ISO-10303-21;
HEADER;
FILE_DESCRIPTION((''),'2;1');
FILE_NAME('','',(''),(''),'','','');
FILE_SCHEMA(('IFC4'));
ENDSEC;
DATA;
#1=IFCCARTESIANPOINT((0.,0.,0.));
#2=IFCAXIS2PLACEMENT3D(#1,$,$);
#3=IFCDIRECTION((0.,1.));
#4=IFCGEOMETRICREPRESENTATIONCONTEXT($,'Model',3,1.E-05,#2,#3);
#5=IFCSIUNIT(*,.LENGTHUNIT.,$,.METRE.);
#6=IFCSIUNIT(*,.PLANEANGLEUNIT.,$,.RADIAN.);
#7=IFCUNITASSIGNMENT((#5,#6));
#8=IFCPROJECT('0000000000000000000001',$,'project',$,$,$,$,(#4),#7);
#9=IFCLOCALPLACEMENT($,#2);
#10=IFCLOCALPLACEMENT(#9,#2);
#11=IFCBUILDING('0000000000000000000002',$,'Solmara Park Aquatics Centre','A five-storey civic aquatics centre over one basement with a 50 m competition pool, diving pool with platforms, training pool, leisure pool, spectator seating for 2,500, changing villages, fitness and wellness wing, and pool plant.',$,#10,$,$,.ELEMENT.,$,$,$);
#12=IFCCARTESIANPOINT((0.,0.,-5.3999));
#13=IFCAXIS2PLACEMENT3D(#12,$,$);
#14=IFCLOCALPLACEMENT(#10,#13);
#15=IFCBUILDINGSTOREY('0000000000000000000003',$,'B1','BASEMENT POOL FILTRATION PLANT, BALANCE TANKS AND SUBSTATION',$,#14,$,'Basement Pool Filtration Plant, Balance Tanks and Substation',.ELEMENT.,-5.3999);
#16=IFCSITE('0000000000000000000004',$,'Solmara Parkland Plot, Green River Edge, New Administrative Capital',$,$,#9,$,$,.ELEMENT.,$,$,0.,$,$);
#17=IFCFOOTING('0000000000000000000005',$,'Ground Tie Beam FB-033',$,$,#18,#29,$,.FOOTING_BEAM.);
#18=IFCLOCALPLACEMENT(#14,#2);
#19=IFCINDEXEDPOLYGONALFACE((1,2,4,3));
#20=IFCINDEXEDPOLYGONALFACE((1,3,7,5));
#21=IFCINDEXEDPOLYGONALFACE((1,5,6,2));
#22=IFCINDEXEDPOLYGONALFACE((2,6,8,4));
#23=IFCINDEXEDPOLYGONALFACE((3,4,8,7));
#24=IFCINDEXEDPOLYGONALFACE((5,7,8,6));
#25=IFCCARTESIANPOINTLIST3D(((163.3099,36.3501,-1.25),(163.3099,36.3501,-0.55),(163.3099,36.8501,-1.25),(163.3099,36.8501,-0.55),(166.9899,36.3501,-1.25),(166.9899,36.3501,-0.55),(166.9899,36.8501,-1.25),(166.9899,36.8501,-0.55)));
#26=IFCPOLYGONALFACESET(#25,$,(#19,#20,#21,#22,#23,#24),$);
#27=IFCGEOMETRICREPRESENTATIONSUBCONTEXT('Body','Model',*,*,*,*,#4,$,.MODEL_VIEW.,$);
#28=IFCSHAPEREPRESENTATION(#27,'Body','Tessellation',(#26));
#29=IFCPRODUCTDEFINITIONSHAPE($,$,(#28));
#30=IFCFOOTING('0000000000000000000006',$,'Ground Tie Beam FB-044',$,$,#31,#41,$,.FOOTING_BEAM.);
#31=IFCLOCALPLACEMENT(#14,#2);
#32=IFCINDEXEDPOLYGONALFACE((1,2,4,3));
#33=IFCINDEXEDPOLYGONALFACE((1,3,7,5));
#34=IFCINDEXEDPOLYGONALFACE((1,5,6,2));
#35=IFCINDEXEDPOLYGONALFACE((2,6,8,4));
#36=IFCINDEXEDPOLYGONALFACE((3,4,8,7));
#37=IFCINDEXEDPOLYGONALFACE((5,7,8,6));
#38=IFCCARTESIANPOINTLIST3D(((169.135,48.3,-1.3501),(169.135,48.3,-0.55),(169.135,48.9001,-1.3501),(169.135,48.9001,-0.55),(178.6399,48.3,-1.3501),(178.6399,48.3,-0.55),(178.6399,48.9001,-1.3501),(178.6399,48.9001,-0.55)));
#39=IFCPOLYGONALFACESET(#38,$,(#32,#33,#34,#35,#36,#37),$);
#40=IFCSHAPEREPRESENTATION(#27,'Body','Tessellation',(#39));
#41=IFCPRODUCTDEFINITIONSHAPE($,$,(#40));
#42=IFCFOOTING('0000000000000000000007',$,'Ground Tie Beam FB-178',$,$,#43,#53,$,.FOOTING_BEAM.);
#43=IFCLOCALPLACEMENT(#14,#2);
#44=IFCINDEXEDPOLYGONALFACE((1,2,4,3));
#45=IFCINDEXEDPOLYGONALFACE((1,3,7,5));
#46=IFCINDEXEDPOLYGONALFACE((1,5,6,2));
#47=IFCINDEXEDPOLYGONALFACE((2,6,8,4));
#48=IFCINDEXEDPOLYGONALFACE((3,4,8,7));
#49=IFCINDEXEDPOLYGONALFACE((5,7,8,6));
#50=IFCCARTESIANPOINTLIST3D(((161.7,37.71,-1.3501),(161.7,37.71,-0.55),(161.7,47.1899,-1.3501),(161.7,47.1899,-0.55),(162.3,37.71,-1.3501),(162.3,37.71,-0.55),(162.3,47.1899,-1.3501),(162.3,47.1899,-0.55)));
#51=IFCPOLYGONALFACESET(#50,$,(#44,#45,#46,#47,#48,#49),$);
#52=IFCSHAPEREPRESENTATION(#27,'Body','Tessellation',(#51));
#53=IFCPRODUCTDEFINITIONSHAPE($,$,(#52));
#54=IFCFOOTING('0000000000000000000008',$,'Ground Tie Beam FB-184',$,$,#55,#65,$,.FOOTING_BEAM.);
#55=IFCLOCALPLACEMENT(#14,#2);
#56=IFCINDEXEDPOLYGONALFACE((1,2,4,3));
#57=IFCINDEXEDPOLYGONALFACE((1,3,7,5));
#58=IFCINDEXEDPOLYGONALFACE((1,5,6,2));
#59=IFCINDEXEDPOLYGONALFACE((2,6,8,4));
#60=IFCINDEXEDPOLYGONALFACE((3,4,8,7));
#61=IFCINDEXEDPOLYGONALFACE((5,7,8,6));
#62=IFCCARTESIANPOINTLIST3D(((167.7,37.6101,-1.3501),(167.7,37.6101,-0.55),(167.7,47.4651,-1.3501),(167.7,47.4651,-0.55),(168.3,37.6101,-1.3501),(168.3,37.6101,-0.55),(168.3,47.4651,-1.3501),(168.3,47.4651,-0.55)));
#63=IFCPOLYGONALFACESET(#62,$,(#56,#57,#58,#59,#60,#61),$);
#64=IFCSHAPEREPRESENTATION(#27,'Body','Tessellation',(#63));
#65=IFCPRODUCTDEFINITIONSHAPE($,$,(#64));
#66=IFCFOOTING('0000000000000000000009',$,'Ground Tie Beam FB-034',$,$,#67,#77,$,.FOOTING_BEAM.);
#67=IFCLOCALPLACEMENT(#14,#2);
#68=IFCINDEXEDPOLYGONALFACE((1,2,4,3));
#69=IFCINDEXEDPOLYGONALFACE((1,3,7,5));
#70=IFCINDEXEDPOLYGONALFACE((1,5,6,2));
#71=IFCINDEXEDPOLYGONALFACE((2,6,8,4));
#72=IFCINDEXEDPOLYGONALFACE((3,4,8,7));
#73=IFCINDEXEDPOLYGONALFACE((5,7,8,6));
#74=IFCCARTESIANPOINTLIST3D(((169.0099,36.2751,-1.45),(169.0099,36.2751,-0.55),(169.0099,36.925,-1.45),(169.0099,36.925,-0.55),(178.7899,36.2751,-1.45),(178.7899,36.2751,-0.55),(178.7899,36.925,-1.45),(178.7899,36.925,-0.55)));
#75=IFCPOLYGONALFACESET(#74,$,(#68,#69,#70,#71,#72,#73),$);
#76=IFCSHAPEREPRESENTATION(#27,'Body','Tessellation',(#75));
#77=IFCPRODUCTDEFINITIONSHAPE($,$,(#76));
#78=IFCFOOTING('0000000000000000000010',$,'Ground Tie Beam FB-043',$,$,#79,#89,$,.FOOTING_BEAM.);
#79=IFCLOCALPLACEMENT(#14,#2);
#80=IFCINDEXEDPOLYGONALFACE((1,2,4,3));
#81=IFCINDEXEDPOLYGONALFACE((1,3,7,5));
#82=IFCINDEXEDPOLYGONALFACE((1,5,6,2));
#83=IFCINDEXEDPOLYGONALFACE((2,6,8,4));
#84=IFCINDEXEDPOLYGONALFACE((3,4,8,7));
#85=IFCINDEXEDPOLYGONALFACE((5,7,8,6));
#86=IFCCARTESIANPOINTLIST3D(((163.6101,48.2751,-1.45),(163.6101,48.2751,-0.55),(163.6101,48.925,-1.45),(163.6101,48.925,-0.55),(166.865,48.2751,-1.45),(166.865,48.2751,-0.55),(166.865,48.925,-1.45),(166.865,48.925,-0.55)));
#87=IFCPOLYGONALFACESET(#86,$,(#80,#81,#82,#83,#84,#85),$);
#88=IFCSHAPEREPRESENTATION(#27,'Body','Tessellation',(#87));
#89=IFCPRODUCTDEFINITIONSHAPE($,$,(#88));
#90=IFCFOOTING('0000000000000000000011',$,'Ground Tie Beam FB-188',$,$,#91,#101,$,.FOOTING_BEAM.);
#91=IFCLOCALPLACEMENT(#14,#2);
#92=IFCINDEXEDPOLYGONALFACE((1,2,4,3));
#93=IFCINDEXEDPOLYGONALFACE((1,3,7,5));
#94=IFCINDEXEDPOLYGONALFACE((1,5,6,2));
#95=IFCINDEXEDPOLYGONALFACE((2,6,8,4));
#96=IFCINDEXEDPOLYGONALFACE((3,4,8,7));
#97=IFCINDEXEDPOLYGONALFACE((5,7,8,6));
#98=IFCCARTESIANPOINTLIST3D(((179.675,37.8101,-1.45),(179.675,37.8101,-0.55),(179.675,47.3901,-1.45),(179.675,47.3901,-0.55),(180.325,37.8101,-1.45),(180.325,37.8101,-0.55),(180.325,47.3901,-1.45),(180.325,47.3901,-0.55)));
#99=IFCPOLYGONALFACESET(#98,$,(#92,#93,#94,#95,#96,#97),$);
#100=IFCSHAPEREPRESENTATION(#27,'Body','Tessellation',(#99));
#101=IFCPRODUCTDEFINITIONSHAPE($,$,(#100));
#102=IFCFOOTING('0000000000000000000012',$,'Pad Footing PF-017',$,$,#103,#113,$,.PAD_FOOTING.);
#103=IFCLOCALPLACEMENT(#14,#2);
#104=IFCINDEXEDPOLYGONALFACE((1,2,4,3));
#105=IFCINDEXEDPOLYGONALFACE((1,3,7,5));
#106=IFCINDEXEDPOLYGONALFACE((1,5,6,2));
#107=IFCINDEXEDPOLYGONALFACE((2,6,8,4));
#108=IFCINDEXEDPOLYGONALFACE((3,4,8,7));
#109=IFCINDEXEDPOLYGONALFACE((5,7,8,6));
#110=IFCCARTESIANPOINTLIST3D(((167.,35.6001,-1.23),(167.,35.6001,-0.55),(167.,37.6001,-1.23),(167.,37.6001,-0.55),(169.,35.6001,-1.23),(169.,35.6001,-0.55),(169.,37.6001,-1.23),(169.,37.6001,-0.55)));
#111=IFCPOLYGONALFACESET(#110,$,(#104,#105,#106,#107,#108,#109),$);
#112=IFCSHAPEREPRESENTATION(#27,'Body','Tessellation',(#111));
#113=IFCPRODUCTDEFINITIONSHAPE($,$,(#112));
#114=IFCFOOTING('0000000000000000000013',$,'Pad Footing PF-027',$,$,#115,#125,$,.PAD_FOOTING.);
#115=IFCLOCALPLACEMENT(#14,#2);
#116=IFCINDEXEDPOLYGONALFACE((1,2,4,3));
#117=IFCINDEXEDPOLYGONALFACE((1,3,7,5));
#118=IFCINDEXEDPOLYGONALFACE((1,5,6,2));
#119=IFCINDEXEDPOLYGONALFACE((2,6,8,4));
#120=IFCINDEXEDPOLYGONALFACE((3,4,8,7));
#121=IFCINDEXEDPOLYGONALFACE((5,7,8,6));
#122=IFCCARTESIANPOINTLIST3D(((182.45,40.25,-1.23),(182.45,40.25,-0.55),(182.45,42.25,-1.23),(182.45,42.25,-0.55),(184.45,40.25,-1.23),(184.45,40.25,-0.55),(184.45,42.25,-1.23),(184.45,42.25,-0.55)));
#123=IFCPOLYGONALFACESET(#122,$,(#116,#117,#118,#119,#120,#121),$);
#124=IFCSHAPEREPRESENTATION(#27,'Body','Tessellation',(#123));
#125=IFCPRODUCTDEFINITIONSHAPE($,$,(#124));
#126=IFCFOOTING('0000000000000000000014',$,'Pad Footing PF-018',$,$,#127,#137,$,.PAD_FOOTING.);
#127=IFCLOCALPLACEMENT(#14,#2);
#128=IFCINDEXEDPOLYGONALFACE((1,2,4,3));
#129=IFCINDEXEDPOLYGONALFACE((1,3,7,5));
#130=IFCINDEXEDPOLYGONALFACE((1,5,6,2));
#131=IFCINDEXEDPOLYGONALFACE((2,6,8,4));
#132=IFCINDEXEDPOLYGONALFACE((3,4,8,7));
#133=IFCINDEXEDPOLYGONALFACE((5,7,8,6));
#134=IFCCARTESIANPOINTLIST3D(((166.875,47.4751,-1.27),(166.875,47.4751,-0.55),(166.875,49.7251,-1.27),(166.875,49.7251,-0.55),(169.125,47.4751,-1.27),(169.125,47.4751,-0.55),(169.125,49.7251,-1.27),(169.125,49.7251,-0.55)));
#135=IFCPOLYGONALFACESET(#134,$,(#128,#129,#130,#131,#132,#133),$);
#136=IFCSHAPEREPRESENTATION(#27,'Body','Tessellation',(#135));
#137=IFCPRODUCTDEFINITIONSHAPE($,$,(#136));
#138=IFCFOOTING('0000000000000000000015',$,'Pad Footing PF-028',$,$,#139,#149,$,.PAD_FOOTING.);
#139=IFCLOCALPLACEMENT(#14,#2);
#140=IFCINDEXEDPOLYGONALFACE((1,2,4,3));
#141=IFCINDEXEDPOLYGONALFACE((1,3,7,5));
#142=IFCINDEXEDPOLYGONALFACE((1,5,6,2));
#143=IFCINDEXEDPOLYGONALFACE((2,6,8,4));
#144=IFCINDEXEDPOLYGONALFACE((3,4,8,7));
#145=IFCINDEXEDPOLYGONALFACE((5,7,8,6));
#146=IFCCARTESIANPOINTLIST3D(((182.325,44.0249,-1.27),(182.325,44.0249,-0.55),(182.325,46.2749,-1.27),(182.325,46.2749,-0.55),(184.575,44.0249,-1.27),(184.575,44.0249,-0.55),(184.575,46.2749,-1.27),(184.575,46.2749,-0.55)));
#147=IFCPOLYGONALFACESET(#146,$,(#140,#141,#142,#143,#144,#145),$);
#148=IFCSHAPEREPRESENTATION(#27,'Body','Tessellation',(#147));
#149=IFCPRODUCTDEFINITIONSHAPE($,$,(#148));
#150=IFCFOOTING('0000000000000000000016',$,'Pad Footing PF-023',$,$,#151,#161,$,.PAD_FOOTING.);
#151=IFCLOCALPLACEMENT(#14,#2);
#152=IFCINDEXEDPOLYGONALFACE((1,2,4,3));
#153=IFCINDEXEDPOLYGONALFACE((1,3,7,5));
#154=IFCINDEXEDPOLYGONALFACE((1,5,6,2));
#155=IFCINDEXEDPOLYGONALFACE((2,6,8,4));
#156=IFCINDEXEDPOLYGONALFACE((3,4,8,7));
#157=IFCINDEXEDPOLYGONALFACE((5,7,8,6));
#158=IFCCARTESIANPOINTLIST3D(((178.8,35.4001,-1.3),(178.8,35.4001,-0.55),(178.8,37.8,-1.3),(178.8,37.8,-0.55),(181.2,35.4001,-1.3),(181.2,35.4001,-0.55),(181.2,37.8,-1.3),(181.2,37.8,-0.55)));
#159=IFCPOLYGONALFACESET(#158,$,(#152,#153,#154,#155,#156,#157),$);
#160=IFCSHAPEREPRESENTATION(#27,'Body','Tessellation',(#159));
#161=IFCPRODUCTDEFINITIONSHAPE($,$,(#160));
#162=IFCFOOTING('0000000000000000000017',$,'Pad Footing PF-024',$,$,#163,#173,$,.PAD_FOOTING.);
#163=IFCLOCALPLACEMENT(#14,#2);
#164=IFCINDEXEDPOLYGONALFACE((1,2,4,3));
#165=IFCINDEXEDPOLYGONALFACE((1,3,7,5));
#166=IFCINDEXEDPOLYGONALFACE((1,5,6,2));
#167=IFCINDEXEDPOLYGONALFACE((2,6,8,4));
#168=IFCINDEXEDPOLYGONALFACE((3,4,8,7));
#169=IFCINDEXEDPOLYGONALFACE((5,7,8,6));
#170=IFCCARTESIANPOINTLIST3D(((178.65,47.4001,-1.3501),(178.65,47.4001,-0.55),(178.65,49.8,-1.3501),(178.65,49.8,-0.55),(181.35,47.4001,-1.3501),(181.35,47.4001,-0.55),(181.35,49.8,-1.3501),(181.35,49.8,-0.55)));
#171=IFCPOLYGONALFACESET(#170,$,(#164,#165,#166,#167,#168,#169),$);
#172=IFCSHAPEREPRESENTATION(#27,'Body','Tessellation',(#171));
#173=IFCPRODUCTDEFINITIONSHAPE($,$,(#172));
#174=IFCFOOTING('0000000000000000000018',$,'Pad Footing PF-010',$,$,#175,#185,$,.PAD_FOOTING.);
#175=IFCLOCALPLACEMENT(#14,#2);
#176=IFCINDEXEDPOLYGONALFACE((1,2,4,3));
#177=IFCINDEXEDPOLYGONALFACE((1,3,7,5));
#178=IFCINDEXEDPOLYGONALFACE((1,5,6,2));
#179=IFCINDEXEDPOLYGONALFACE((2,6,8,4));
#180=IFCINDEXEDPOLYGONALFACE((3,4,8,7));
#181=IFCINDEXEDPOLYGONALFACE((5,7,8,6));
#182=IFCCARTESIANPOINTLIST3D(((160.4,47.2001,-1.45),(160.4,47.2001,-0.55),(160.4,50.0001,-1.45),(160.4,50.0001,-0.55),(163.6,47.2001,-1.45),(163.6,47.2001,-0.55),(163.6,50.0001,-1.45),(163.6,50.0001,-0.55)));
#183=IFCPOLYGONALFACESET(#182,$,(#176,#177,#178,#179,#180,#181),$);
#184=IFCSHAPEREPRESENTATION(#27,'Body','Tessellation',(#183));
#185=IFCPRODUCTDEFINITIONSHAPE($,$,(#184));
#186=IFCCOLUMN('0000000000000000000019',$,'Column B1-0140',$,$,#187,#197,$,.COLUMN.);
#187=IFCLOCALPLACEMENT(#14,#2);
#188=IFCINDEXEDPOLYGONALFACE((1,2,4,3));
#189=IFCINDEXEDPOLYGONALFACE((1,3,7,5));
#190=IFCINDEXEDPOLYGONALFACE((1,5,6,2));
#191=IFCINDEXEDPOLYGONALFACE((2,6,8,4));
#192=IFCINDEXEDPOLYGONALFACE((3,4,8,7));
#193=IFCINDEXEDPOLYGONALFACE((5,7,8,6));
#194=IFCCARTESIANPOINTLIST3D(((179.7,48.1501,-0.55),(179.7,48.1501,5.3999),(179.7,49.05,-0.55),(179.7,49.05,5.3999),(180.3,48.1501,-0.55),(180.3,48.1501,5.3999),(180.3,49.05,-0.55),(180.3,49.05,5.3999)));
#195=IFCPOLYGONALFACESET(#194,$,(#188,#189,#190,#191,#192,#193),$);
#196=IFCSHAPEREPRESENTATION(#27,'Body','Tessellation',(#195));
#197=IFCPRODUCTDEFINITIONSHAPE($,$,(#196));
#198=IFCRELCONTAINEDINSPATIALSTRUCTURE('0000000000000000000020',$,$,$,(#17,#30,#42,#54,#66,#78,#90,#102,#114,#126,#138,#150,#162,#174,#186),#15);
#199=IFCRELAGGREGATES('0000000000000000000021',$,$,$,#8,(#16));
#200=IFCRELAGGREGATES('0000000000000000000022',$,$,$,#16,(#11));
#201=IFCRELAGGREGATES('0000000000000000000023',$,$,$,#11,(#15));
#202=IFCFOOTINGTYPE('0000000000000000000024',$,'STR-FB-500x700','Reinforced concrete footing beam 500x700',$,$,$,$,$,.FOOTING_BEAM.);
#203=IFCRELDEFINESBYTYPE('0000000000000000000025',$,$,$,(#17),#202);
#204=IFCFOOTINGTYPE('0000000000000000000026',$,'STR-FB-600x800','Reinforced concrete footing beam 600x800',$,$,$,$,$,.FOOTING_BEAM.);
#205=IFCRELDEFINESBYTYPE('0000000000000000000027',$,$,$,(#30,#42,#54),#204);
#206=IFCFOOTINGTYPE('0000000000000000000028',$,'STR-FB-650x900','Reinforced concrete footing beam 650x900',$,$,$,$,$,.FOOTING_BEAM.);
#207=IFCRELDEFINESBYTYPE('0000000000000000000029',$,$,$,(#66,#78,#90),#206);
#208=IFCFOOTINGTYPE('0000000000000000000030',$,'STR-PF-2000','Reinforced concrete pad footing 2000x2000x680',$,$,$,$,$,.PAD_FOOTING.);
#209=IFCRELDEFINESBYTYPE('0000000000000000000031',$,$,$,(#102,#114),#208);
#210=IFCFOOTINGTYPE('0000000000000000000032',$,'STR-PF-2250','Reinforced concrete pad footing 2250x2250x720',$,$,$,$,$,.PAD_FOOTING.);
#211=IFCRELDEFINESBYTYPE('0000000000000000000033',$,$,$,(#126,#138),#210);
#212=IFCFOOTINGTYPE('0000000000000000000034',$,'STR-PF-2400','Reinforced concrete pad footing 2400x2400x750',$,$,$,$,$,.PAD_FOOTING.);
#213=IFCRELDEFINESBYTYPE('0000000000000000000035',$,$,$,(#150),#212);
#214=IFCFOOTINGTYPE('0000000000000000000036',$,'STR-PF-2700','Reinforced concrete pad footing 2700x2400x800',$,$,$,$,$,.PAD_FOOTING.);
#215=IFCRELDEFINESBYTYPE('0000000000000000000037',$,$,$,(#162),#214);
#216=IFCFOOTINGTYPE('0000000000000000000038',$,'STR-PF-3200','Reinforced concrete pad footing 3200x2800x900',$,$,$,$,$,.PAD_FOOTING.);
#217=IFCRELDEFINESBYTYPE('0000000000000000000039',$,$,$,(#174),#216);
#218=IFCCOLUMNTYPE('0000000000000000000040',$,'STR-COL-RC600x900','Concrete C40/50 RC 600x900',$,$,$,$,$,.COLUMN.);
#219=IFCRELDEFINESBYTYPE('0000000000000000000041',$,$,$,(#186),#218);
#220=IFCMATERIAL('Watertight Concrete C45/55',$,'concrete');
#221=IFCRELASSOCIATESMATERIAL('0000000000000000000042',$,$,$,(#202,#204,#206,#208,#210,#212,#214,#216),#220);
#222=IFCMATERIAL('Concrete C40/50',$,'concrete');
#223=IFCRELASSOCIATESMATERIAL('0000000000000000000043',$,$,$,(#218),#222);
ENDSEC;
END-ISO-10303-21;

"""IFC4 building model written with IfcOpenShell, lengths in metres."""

from ifc_helpers import new_model, si_unit, direction, frame, origin, origin_2d, place, context, subcontext, project, spatial, rectangle, extrude, material, material_profile, profile_set, type_object, element, save


model = new_model("IFC4")

# Units and contexts
model_context = context("Model", 3, precision=1e-05, world=origin(), true_north=direction((0.0, 1.0)))
body_context = subcontext(model_context, "Body", "Model", "MODEL_VIEW")
ifc_project = project(units=[si_unit("LENGTHUNIT", "METRE"), si_unit("PLANEANGLEUNIT", "RADIAN")], contexts=[model_context])

# Site, building, storey
site_placement = place(None, origin())
site = spatial("IfcSite", under=ifc_project, at=site_placement, Name="Solmara Parkland Plot, Green River Edge, New Administrative Capital", CompositionType="ELEMENT", RefElevation=0.0)
building_placement = place(site_placement, origin())
building = spatial("IfcBuilding", under=site, at=building_placement, Name="Solmara Park Aquatics Centre", Description="A five-storey civic aquatics centre over one basement with a 50 m competition pool, diving pool with platforms, training pool, leisure pool, spectator seating for 2,500, changing villages, fitness and wellness wing, and pool plant.", CompositionType="ELEMENT")
storey_placement = place(building_placement, frame((0.0, 0.0, -5.3999)))
storey = spatial("IfcBuildingStorey", under=building, at=storey_placement, Name="B1", Description="BASEMENT POOL FILTRATION PLANT, BALANCE TANKS AND SUBSTATION", LongName="Basement Pool Filtration Plant, Balance Tanks and Substation", CompositionType="ELEMENT", Elevation=-5.3999)

# Footings
ifc_material_1 = material(Name="Watertight Concrete C45/55", Category="concrete")
footing_type_1 = type_object("IfcFootingType", Name="STR-FB-500x700", Description="Reinforced concrete footing beam 500x700", PredefinedType="FOOTING_BEAM", material=ifc_material_1)
footing_1_placement = place(storey_placement, frame((165.1499, 36.6001, -1.25), z_axis=(0.0, 0.0, 1.0), x_axis=(1.0, 0.0, 0.0)))
element("IfcFooting", 1, at=footing_1_placement, inside=storey, type_object=footing_type_1, Name="Ground Tie Beam FB-033", PredefinedType="FOOTING_BEAM", context=body_context, shape_type="SweptSolid", body=[
    extrude(rectangle(XDim=3.6799, YDim=0.5, at=origin_2d()), origin(), (0.0, 0.0, 1.0), 0.7),
])
footing_type_2 = type_object("IfcFootingType", Name="STR-FB-600x800", Description="Reinforced concrete footing beam 600x800", PredefinedType="FOOTING_BEAM", material=ifc_material_1)
footing_2_placement = place(storey_placement, frame((173.8875, 48.6001, -1.3501), z_axis=(0.0, 0.0, 1.0), x_axis=(1.0, 0.0, 0.0)))
element("IfcFooting", 2, at=footing_2_placement, inside=storey, type_object=footing_type_2, Name="Ground Tie Beam FB-044", PredefinedType="FOOTING_BEAM", context=body_context, shape_type="SweptSolid", body=[
    extrude(rectangle(XDim=9.5049, YDim=0.6001, at=origin_2d()), origin(), (0.0, 0.0, 1.0), 0.8),
])
footing_3_placement = place(storey_placement, frame((162.0, 42.45, -1.3501), z_axis=(0.0, 0.0, 1.0), x_axis=(1.0, 0.0, 0.0)))
element("IfcFooting", 3, at=footing_3_placement, inside=storey, type_object=footing_type_2, Name="Ground Tie Beam FB-178", PredefinedType="FOOTING_BEAM", context=body_context, shape_type="SweptSolid", body=[
    extrude(rectangle(XDim=0.6001, YDim=9.48, at=origin_2d()), origin(), (0.0, 0.0, 1.0), 0.8),
])
footing_4_placement = place(storey_placement, frame((168.0, 42.5376, -1.3501), z_axis=(0.0, 0.0, 1.0), x_axis=(1.0, 0.0, 0.0)))
element("IfcFooting", 4, at=footing_4_placement, inside=storey, type_object=footing_type_2, Name="Ground Tie Beam FB-184", PredefinedType="FOOTING_BEAM", context=body_context, shape_type="SweptSolid", body=[
    extrude(rectangle(XDim=0.6001, YDim=9.855, at=origin_2d()), origin(), (0.0, 0.0, 1.0), 0.8),
])
footing_type_3 = type_object("IfcFootingType", Name="STR-FB-650x900", Description="Reinforced concrete footing beam 650x900", PredefinedType="FOOTING_BEAM", material=ifc_material_1)
footing_5_placement = place(storey_placement, frame((173.8999, 36.6001, -1.45), z_axis=(0.0, 0.0, 1.0), x_axis=(1.0, 0.0, 0.0)))
element("IfcFooting", 5, at=footing_5_placement, inside=storey, type_object=footing_type_3, Name="Ground Tie Beam FB-034", PredefinedType="FOOTING_BEAM", context=body_context, shape_type="SweptSolid", body=[
    extrude(rectangle(XDim=9.78, YDim=0.6499, at=origin_2d()), origin(), (0.0, 0.0, 1.0), 0.8999),
])
footing_6_placement = place(storey_placement, frame((165.2375, 48.6001, -1.45), z_axis=(0.0, 0.0, 1.0), x_axis=(1.0, 0.0, 0.0)))
element("IfcFooting", 6, at=footing_6_placement, inside=storey, type_object=footing_type_3, Name="Ground Tie Beam FB-043", PredefinedType="FOOTING_BEAM", context=body_context, shape_type="SweptSolid", body=[
    extrude(rectangle(XDim=3.2549, YDim=0.6499, at=origin_2d()), origin(), (0.0, 0.0, 1.0), 0.8999),
])
footing_7_placement = place(storey_placement, frame((180.0, 42.6001, -1.45), z_axis=(0.0, 0.0, 1.0), x_axis=(1.0, 0.0, 0.0)))
element("IfcFooting", 7, at=footing_7_placement, inside=storey, type_object=footing_type_3, Name="Ground Tie Beam FB-188", PredefinedType="FOOTING_BEAM", context=body_context, shape_type="SweptSolid", body=[
    extrude(rectangle(XDim=0.6499, YDim=9.5801, at=origin_2d()), origin(), (0.0, 0.0, 1.0), 0.8999),
])
footing_type_4 = type_object("IfcFootingType", Name="STR-PF-2000", Description="Reinforced concrete pad footing 2000x2000x680", PredefinedType="PAD_FOOTING", material=ifc_material_1)
for number, where, z_axis, x_axis, name in (
    (8, (168.0, 36.6001, -1.23), (0.0, 0.0, 1.0), (1.0, 0.0, 0.0), "Pad Footing PF-017"),
    (9, (183.45, 41.25, -1.23), (0.0, 0.0, 1.0), (1.0, 0.0, 0.0), "Pad Footing PF-027"),
):
    element("IfcFooting", number, at=place(storey_placement, frame(where, z_axis=z_axis, x_axis=x_axis)), inside=storey, type_object=footing_type_4, Name=name, PredefinedType="PAD_FOOTING", context=body_context, shape_type="SweptSolid", body=[
        extrude(rectangle(XDim=2.0, YDim=2.0, at=origin_2d()), origin(), (0.0, 0.0, 1.0), 0.6799),
    ])
footing_type_5 = type_object("IfcFootingType", Name="STR-PF-2250", Description="Reinforced concrete pad footing 2250x2250x720", PredefinedType="PAD_FOOTING", material=ifc_material_1)
for number, where, z_axis, x_axis, name in (
    (10, (168.0, 48.6001, -1.27), (0.0, 0.0, 1.0), (1.0, 0.0, 0.0), "Pad Footing PF-018"),
    (11, (183.45, 45.1499, -1.27), (0.0, 0.0, 1.0), (1.0, 0.0, 0.0), "Pad Footing PF-028"),
):
    element("IfcFooting", number, at=place(storey_placement, frame(where, z_axis=z_axis, x_axis=x_axis)), inside=storey, type_object=footing_type_5, Name=name, PredefinedType="PAD_FOOTING", context=body_context, shape_type="SweptSolid", body=[
        extrude(rectangle(XDim=2.25, YDim=2.25, at=origin_2d()), origin(), (0.0, 0.0, 1.0), 0.72),
    ])
footing_type_6 = type_object("IfcFootingType", Name="STR-PF-2400", Description="Reinforced concrete pad footing 2400x2400x750", PredefinedType="PAD_FOOTING", material=ifc_material_1)
footing_8_placement = place(storey_placement, frame((180.0, 36.6001, -1.3), z_axis=(0.0, 0.0, 1.0), x_axis=(1.0, 0.0, 0.0)))
element("IfcFooting", 12, at=footing_8_placement, inside=storey, type_object=footing_type_6, Name="Pad Footing PF-023", PredefinedType="PAD_FOOTING", context=body_context, shape_type="SweptSolid", body=[
    extrude(rectangle(XDim=2.3999, YDim=2.3999, at=origin_2d()), origin(), (0.0, 0.0, 1.0), 0.75),
])
footing_type_7 = type_object("IfcFootingType", Name="STR-PF-2700", Description="Reinforced concrete pad footing 2700x2400x800", PredefinedType="PAD_FOOTING", material=ifc_material_1)
footing_9_placement = place(storey_placement, frame((180.0, 48.6001, -1.3501), z_axis=(0.0, 0.0, 1.0), x_axis=(1.0, 0.0, 0.0)))
element("IfcFooting", 13, at=footing_9_placement, inside=storey, type_object=footing_type_7, Name="Pad Footing PF-024", PredefinedType="PAD_FOOTING", context=body_context, shape_type="SweptSolid", body=[
    extrude(rectangle(XDim=2.7, YDim=2.3999, at=origin_2d()), origin(), (0.0, 0.0, 1.0), 0.8),
])
footing_type_8 = type_object("IfcFootingType", Name="STR-PF-3200", Description="Reinforced concrete pad footing 3200x2800x900", PredefinedType="PAD_FOOTING", material=ifc_material_1)
footing_10_placement = place(storey_placement, frame((162.0, 48.6001, -1.45), z_axis=(0.0, 0.0, 1.0), x_axis=(1.0, 0.0, 0.0)))
element("IfcFooting", 14, at=footing_10_placement, inside=storey, type_object=footing_type_8, Name="Pad Footing PF-010", PredefinedType="PAD_FOOTING", context=body_context, shape_type="SweptSolid", body=[
    extrude(rectangle(XDim=3.2, YDim=2.8, at=origin_2d()), origin(), (0.0, 0.0, 1.0), 0.8999),
])

# Column
ifc_material_2 = material(Name="Concrete C40/50", Category="concrete")
ifc_material_profile_1 = material_profile(ifc_material_2, rectangle(XDim=0.6001, YDim=0.8999, at=origin_2d()), Name="RC 600x900")
ifc_profile_set_1 = profile_set([ifc_material_profile_1], Name="Concrete C40/50")
column_type_1 = type_object("IfcColumnType", Name="STR-COL-RC600x900", Description="Concrete C40/50 RC 600x900", PredefinedType="COLUMN", material=ifc_profile_set_1)
column_1_placement = place(storey_placement, frame((180.0, 48.6001, -0.55), z_axis=(0.0, 0.0, 1.0), x_axis=(1.0, 0.0, 0.0)))
element("IfcColumn", 15, at=column_1_placement, inside=storey, type_object=column_type_1, Name="Column B1-0140", PredefinedType="COLUMN", context=body_context, shape_type="SweptSolid", body=[
    extrude(rectangle(XDim=0.6001, YDim=0.8999, at=origin_2d()), origin(), (0.0, 0.0, 1.0), 5.95),
])

save(model, "model.ifc")
